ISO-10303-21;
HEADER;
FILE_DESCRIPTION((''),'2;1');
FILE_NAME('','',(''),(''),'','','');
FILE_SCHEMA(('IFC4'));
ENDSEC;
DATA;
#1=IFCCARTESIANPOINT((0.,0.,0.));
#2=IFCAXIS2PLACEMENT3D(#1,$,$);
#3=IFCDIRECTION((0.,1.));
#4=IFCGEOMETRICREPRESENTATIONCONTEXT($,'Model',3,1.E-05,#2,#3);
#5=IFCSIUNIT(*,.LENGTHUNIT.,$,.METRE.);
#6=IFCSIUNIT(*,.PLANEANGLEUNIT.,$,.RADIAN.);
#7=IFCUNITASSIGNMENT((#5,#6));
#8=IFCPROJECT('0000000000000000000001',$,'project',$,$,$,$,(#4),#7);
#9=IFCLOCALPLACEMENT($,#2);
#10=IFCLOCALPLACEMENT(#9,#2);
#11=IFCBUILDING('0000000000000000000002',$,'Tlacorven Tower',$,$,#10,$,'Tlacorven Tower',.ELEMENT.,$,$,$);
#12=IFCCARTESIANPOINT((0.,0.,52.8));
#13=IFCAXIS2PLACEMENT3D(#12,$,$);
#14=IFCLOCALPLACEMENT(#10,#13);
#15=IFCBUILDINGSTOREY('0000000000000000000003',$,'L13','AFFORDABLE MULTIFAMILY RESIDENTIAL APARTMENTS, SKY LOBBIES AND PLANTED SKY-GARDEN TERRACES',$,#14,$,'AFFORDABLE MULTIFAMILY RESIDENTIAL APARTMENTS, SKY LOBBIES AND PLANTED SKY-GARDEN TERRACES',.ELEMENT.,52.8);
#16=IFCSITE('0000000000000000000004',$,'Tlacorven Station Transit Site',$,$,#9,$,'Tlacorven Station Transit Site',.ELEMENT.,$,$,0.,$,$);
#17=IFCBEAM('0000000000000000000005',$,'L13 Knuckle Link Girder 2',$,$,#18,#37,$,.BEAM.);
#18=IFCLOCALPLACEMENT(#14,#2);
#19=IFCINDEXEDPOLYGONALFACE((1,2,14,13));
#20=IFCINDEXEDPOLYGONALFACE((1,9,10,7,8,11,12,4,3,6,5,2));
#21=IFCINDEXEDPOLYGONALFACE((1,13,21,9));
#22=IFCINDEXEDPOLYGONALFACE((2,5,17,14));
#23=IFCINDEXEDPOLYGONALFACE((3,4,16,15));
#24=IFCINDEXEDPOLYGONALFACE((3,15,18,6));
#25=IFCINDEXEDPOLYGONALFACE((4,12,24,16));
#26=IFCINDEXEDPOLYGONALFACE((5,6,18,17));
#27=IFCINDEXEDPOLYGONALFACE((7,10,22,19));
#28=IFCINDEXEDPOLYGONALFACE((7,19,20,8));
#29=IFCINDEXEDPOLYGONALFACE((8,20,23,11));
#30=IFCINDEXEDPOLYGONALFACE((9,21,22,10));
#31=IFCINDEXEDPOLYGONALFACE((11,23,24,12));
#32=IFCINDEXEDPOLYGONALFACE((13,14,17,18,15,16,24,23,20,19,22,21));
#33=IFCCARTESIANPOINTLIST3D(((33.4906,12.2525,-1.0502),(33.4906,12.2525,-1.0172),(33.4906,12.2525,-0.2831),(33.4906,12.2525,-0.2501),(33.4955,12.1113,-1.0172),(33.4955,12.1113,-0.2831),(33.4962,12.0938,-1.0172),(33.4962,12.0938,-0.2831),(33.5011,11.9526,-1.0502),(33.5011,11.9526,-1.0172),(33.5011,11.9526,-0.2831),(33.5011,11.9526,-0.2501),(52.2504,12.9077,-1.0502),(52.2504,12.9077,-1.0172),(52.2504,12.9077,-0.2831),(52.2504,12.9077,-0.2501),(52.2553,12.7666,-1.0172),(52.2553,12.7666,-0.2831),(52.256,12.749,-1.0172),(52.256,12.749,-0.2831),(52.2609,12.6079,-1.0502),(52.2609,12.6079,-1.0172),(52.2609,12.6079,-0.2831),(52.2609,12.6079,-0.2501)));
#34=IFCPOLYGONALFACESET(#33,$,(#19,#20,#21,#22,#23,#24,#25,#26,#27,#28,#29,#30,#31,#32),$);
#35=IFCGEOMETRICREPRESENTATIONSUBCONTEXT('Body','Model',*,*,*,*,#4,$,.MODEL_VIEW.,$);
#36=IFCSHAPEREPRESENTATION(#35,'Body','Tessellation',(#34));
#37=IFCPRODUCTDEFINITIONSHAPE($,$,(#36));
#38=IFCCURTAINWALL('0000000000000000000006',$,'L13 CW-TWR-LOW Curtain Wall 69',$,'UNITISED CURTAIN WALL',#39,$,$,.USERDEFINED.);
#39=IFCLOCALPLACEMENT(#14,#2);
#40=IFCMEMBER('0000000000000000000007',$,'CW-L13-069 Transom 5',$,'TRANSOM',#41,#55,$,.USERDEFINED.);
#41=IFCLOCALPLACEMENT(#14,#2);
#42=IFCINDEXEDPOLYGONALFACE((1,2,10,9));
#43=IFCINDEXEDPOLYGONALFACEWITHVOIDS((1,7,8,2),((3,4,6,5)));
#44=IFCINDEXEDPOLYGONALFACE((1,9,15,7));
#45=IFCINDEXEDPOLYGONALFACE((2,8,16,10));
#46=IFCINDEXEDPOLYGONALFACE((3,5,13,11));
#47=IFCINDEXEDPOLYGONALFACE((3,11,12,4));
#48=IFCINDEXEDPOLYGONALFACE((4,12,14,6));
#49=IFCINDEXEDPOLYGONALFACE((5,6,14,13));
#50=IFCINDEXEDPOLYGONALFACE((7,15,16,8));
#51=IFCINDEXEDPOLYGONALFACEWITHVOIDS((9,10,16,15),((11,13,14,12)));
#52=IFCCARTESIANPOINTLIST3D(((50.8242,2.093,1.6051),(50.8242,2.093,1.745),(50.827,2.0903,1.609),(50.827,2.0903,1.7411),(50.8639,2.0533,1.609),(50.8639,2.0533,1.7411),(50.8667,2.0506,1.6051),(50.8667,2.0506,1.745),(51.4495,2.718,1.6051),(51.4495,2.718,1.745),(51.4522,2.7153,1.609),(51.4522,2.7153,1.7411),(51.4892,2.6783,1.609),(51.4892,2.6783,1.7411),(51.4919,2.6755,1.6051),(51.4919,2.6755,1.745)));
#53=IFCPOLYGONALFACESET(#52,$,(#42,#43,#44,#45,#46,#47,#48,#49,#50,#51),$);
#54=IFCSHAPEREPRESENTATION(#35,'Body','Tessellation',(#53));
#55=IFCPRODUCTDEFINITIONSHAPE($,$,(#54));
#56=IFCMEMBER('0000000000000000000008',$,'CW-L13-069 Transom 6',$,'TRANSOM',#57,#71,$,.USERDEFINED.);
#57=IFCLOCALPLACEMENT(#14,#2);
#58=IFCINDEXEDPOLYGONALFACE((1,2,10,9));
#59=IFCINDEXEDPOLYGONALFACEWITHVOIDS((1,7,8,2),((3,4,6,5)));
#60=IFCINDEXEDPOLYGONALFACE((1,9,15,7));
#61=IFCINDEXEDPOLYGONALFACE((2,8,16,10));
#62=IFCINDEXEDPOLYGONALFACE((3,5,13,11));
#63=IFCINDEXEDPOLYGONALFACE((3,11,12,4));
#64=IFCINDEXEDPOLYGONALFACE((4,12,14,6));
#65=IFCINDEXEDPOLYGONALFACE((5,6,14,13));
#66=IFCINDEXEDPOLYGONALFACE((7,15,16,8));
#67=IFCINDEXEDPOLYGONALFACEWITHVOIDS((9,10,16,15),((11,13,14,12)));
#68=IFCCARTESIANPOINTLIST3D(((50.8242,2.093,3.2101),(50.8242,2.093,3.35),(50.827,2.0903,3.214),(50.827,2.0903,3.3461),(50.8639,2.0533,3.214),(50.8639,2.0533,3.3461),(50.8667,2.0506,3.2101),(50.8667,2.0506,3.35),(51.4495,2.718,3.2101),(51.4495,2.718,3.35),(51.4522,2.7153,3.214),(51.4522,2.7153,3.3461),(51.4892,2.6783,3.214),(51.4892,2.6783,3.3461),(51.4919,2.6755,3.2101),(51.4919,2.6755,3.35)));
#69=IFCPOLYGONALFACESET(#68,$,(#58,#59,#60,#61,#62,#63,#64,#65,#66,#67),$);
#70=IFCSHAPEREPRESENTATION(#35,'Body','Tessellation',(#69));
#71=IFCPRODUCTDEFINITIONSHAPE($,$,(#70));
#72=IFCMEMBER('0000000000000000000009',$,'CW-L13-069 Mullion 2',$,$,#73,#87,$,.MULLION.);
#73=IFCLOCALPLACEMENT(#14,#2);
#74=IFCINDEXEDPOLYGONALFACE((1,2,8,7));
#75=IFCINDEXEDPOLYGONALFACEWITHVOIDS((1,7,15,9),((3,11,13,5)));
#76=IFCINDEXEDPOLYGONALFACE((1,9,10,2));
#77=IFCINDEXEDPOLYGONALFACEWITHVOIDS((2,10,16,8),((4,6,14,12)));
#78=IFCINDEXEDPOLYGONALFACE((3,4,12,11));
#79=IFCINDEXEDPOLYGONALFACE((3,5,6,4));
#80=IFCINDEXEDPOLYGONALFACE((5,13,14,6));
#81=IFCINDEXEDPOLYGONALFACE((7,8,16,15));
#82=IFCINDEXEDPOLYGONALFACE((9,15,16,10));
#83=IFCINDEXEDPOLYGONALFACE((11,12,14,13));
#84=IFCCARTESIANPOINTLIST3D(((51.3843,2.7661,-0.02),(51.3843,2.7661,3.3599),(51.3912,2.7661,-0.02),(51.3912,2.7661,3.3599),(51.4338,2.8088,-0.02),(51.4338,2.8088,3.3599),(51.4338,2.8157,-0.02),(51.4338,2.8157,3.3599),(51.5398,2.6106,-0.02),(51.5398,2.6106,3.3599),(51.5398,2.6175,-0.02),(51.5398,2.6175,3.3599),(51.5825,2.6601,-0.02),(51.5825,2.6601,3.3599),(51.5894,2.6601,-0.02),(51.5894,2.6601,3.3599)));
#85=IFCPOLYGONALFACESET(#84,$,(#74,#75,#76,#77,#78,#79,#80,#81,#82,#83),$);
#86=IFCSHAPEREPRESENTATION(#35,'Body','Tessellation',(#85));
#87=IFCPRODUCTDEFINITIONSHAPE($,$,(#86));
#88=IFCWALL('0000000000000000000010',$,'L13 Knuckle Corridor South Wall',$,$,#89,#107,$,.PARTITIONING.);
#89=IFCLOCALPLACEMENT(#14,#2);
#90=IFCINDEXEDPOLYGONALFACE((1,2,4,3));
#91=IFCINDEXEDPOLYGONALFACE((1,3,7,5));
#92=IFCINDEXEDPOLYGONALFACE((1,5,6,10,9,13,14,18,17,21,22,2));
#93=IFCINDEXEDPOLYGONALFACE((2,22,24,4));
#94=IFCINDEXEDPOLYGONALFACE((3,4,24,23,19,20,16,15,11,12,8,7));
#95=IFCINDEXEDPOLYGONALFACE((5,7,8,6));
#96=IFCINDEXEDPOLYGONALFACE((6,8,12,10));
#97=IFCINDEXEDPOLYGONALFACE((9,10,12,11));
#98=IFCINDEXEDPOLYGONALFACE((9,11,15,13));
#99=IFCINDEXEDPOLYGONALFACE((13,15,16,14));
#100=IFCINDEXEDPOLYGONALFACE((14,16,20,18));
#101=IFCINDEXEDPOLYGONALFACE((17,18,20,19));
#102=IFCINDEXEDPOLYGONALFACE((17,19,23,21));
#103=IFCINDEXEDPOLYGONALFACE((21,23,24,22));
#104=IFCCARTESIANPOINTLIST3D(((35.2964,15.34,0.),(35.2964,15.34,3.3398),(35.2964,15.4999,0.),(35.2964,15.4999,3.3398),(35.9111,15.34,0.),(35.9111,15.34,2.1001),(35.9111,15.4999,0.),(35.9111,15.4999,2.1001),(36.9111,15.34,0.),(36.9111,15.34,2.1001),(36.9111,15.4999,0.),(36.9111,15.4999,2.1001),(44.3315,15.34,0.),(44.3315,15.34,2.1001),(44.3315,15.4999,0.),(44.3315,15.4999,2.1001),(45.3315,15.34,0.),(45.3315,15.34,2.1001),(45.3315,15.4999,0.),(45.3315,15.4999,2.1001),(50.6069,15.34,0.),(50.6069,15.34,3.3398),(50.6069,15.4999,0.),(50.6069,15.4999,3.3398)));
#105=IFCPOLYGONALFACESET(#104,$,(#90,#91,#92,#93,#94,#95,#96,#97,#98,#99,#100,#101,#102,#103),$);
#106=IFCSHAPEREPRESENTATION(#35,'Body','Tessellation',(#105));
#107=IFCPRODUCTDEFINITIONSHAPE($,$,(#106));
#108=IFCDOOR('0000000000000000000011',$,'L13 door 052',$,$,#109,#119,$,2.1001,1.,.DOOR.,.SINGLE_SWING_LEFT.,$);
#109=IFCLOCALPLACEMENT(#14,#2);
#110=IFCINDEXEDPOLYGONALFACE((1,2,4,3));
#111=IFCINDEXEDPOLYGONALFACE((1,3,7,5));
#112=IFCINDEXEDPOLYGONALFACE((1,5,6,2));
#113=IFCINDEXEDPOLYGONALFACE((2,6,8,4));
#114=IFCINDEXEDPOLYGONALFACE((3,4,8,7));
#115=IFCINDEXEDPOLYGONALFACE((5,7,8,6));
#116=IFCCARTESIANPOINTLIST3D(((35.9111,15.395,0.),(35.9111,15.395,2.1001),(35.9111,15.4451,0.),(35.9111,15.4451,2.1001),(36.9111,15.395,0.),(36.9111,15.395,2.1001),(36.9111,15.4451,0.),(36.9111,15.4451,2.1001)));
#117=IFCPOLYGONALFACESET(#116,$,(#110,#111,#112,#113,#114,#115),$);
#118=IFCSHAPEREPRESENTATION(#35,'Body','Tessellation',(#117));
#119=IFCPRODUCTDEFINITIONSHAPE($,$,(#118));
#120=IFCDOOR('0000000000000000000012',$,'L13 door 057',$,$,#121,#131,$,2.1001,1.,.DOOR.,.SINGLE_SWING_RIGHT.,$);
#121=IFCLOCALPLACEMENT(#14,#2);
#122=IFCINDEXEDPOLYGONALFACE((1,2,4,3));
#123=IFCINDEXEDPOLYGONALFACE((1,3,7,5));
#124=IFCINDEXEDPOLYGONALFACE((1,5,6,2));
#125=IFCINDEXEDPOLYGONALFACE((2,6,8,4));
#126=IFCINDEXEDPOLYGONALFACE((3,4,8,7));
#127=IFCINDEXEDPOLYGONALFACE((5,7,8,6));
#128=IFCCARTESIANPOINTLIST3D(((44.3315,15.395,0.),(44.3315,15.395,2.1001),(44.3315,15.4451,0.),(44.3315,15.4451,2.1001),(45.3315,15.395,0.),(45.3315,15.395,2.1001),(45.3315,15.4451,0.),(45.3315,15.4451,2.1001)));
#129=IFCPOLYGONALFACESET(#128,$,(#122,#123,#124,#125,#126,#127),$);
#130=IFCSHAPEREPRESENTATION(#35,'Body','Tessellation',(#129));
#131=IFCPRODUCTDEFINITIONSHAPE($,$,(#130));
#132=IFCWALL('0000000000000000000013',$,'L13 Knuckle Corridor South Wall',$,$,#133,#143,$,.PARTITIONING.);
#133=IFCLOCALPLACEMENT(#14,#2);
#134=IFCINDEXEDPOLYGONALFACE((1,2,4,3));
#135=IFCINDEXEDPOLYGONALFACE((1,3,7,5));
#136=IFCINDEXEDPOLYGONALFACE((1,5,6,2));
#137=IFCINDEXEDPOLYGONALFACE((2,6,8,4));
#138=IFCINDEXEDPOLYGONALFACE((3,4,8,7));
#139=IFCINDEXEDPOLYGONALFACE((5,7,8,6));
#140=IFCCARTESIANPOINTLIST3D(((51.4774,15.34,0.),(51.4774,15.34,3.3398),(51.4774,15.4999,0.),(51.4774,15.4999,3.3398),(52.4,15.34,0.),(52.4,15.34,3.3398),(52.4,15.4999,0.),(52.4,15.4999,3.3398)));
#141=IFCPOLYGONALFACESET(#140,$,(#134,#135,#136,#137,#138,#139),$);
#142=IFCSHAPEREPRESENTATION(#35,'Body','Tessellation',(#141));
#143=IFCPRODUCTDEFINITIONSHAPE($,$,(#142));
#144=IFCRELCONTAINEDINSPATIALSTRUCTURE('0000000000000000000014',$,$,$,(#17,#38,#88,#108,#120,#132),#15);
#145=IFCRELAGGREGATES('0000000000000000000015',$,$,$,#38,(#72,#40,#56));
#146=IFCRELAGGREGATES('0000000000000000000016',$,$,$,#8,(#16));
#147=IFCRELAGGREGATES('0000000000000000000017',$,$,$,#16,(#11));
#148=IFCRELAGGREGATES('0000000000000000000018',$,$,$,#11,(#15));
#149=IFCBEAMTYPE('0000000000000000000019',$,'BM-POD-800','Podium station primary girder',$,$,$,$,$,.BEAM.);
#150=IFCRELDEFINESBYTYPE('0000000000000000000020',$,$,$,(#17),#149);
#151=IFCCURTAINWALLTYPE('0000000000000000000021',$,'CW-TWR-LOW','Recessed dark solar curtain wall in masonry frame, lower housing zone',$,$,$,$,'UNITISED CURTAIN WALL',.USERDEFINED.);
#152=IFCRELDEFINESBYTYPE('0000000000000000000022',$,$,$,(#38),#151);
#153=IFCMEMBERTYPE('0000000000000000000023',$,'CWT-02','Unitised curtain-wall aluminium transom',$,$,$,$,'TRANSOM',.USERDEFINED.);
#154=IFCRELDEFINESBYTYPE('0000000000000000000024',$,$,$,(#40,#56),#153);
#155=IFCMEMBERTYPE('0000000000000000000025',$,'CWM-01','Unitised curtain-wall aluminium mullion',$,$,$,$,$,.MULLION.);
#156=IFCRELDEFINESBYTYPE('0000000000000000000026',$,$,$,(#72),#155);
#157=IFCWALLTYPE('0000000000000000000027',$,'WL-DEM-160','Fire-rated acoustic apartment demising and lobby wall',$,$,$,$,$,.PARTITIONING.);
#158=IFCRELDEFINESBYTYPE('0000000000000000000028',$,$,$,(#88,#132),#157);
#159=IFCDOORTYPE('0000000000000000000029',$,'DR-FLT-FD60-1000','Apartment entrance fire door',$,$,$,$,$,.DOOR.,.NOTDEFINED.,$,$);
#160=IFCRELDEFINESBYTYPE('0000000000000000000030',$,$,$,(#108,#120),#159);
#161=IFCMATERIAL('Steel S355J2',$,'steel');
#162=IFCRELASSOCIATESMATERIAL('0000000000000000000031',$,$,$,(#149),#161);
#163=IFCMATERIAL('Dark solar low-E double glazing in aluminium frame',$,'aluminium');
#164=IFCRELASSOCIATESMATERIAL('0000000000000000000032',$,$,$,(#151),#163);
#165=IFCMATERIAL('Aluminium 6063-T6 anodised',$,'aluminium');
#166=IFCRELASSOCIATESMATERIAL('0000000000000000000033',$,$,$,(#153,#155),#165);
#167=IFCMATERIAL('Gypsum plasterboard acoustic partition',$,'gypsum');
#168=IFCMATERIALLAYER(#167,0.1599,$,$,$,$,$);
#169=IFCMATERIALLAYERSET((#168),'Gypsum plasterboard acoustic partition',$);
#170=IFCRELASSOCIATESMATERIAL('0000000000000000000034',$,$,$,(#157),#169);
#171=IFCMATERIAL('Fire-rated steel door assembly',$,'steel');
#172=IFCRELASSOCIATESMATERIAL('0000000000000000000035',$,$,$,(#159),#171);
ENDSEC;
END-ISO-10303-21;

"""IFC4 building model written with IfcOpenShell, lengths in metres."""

from ifc_helpers import new_model, si_unit, direction, frame, frame_2d, origin, origin_2d, place, context, subcontext, project, spatial, rectangle, hollow_rectangle, i_section, extrude, source, transform, mapped, material, layer, layer_set, material_profile, profile_set, type_object, element, fill, aggregate, save


model = new_model("IFC4")

# Units and contexts
model_context = context("Model", 3, precision=1e-05, world=origin(), true_north=direction((0.0, 1.0)))
body_context = subcontext(model_context, "Body", "Model", "MODEL_VIEW")
ifc_project = project(units=[si_unit("LENGTHUNIT", "METRE"), si_unit("PLANEANGLEUNIT", "RADIAN")], contexts=[model_context])

# Site, building, storey
site_placement = place(None, origin())
site = spatial("IfcSite", under=ifc_project, at=site_placement, Name="Tlacorven Station Transit Site", LongName="Tlacorven Station Transit Site", CompositionType="ELEMENT", RefElevation=0.0)
building_placement = place(site_placement, origin())
building = spatial("IfcBuilding", under=site, at=building_placement, Name="Tlacorven Tower", LongName="Tlacorven Tower", CompositionType="ELEMENT")
storey_placement = place(building_placement, frame((0.0, 0.0, 52.8)))
storey = spatial("IfcBuildingStorey", under=building, at=storey_placement, Name="L13", Description="AFFORDABLE MULTIFAMILY RESIDENTIAL APARTMENTS, SKY LOBBIES AND PLANTED SKY-GARDEN TERRACES", LongName="AFFORDABLE MULTIFAMILY RESIDENTIAL APARTMENTS, SKY LOBBIES AND PLANTED SKY-GARDEN TERRACES", CompositionType="ELEMENT", Elevation=52.8)

# Beam
ifc_material_1 = material(Name="Steel S355J2", Category="steel")
ifc_material_profile_1 = material_profile(ifc_material_1, i_section(OverallWidth=0.3, OverallDepth=0.8, WebThickness=0.0176, FlangeThickness=0.033, at=origin_2d()), Name="HEB 800")
ifc_profile_set_1 = profile_set([ifc_material_profile_1], Name="Steel S355J2")
beam_type = type_object("IfcBeamType", Name="BM-POD-800", Description="Podium station primary girder", PredefinedType="BEAM", material=ifc_profile_set_1)
shared_shape_1 = source(origin(), body_context, "Body", "SweptSolid", [
    extrude(i_section(OverallWidth=0.3, OverallDepth=0.8, WebThickness=0.0176, FlangeThickness=0.033, at=origin_2d()), origin(), (0.0, 0.0, 1.0), 18.7712),
])
beam_placement = place(storey_placement, frame((33.4958, 12.1025, -0.6501), z_axis=(0.999391, 0.034908, 0.0), x_axis=(-0.034908, 0.999391, 0.0)))
element("IfcBeam", 1, at=beam_placement, inside=storey, type_object=beam_type, Name="L13 Knuckle Link Girder 2", PredefinedType="BEAM", context=body_context, shape_type="MappedRepresentation", body=[
    mapped(shared_shape_1, transform((0.0, 0.0, 0.0), scale=1.0)),
])

# Curtain wall, members
ifc_material_2 = material(Name="Dark solar low-E double glazing in aluminium frame", Category="aluminium")
curtain_wall_type = type_object("IfcCurtainWallType", Name="CW-TWR-LOW", Description="Recessed dark solar curtain wall in masonry frame, lower housing zone", ElementType="UNITISED CURTAIN WALL", PredefinedType="USERDEFINED", material=ifc_material_2)
curtain_wall_placement = place(storey_placement, origin())
curtain_wall = element("IfcCurtainWall", 2, at=curtain_wall_placement, inside=storey, type_object=curtain_wall_type, Name="L13 CW-TWR-LOW Curtain Wall 69", ObjectType="UNITISED CURTAIN WALL", PredefinedType="USERDEFINED")
ifc_material_3 = material(Name="Aluminium 6063-T6 anodised", Category="aluminium")
ifc_material_profile_2 = material_profile(ifc_material_3, hollow_rectangle(XDim=0.0601, YDim=0.1399, WallThickness=0.0039, at=origin_2d()), Name="ALU TRANSOM 60X140")
ifc_profile_set_2 = profile_set([ifc_material_profile_2], Name="Aluminium 6063-T6 anodised")
member_type_1 = type_object("IfcMemberType", Name="CWT-02", Description="Unitised curtain-wall aluminium transom", ElementType="TRANSOM", PredefinedType="USERDEFINED", material=ifc_profile_set_2)
shared_shape_2 = source(origin(), body_context, "Body", "SweptSolid", [
    extrude(hollow_rectangle(XDim=0.0601, YDim=0.1399, WallThickness=0.0039, at=origin_2d()), origin(), (0.0, 0.0, 1.0), 0.884),
])
member_1_placement = place(storey_placement, frame((51.4707, 2.6968, 1.675), z_axis=(-0.707245, -0.706969, 0.0), x_axis=(0.706969, -0.707245, 0.0)))
member_1 = element("IfcMember", 3, at=member_1_placement, type_object=member_type_1, Name="CW-L13-069 Transom 5", ObjectType="TRANSOM", PredefinedType="USERDEFINED", context=body_context, shape_type="MappedRepresentation", body=[
    mapped(shared_shape_2, transform((0.0, 0.0, 0.0), scale=1.0)),
])
member_2_placement = place(storey_placement, frame((51.4707, 2.6968, 3.28), z_axis=(-0.707245, -0.706969, 0.0), x_axis=(0.706969, -0.707245, 0.0)))
member_2 = element("IfcMember", 4, at=member_2_placement, type_object=member_type_1, Name="CW-L13-069 Transom 6", ObjectType="TRANSOM", PredefinedType="USERDEFINED", context=body_context, shape_type="MappedRepresentation", body=[
    mapped(shared_shape_2, transform((0.0, 0.0, 0.0), scale=1.0)),
])
ifc_material_profile_3 = material_profile(ifc_material_3, hollow_rectangle(XDim=0.0701, YDim=0.22, WallThickness=0.0049, at=origin_2d()), Name="ALU MULLION 70X220")
ifc_profile_set_3 = profile_set([ifc_material_profile_3], Name="Aluminium 6063-T6 anodised")
member_type_2 = type_object("IfcMemberType", Name="CWM-01", Description="Unitised curtain-wall aluminium mullion", PredefinedType="MULLION", material=ifc_profile_set_3)
shared_shape_3 = source(origin(), body_context, "Body", "SweptSolid", [
    extrude(hollow_rectangle(XDim=0.0701, YDim=0.22, WallThickness=0.0049, at=origin_2d()), origin(), (0.0, 0.0, 1.0), 3.3799),
])
member_3_placement = place(storey_placement, frame((51.4868, 2.7131, -0.02), z_axis=(0.0, 0.0, 1.0), x_axis=(-0.707107, -0.707107, 0.0)))
member_3 = element("IfcMember", 5, at=member_3_placement, type_object=member_type_2, Name="CW-L13-069 Mullion 2", PredefinedType="MULLION", context=body_context, shape_type="MappedRepresentation", body=[
    mapped(shared_shape_3, transform((0.0, 0.0, 0.0), scale=1.0)),
])
aggregate(curtain_wall, [member_3, member_1, member_2])

# Wall, openings, doors
ifc_material_4 = material(Name="Gypsum plasterboard acoustic partition", Category="gypsum")
ifc_layer_1 = layer(ifc_material_4, 0.1599)
ifc_layer_set_1 = layer_set([ifc_layer_1], Name="Gypsum plasterboard acoustic partition")
wall_type_1 = type_object("IfcWallType", Name="WL-DEM-160", Description="Fire-rated acoustic apartment demising and lobby wall", PredefinedType="PARTITIONING", material=ifc_layer_set_1)
wall_1_placement = place(storey_placement, frame((35.2964, 15.4199, 0.0), z_axis=(0.0, 0.0, 1.0), x_axis=(1.0, 0.0, 0.0)))
wall_1 = element("IfcWall", 6, at=wall_1_placement, inside=storey, type_object=wall_type_1, Name="L13 Knuckle Corridor South Wall", PredefinedType="PARTITIONING", context=body_context, shape_type="SweptSolid", body=[
    extrude(rectangle(XDim=15.3105, YDim=0.1599, at=frame_2d((7.6553, 0.0))), origin(), (0.0, 0.0, 1.0), 3.3398),
])
opening_1_placement = place(wall_1_placement, frame((0.6147, 0.0, 0.0)))
opening_1 = element("IfcOpeningElement", 7, at=opening_1_placement, cuts=wall_1, PredefinedType="OPENING", context=body_context, shape_type="SweptSolid", body=[
    extrude(rectangle(XDim=1.0, YDim=2.1001, at=frame_2d((0.5, 1.05))), frame((0.0, 0.0898, 0.0), z_axis=(0.0, -1.0, 0.0), x_axis=(1.0, 0.0, 0.0)), (0.0, 0.0, 1.0), 0.1799),
])
opening_2_placement = place(wall_1_placement, frame((9.0352, 0.0, 0.0)))
opening_2 = element("IfcOpeningElement", 8, at=opening_2_placement, cuts=wall_1, PredefinedType="OPENING", context=body_context, shape_type="SweptSolid", body=[
    extrude(rectangle(XDim=1.0, YDim=2.1001, at=frame_2d((0.5, 1.05))), frame((0.0, 0.0898, 0.0), z_axis=(0.0, -1.0, 0.0), x_axis=(1.0, 0.0, 0.0)), (0.0, 0.0, 1.0), 0.1799),
])
ifc_material_5 = material(Name="Fire-rated steel door assembly", Category="steel")
door_type_1 = type_object("IfcDoorType", Name="DR-FLT-FD60-1000", Description="Apartment entrance fire door", OperationType="NOTDEFINED", PredefinedType="DOOR", material=ifc_material_5)
shared_shape_4 = source(origin(), body_context, "Body", "SweptSolid", [
    extrude(rectangle(XDim=1.0, YDim=2.1001, at=frame_2d((0.5, 1.05))), frame((0.0, 0.0249, 0.0), z_axis=(0.0, -1.0, 0.0), x_axis=(1.0, 0.0, 0.0)), (0.0, 0.0, 1.0), 0.05),
])
door_1_placement = place(opening_1_placement, frame((1.0, 0.0, 0.0), z_axis=(0.0, 0.0, 1.0), x_axis=(-1.0, 0.0, 0.0)))
door_1 = element("IfcDoor", 9, at=door_1_placement, inside=storey, type_object=door_type_1, Name="L13 door 052", OperationType="SINGLE_SWING_LEFT", OverallHeight=2.1001, OverallWidth=1.0, PredefinedType="DOOR", context=body_context, shape_type="MappedRepresentation", body=[
    mapped(shared_shape_4, transform((0.0, 0.0, 0.0), scale=1.0)),
])
fill(opening_1, door_1)
door_2_placement = place(opening_2_placement, frame((1.0, 0.0, 0.0), z_axis=(0.0, 0.0, 1.0), x_axis=(-1.0, 0.0, 0.0)))
door_2 = element("IfcDoor", 10, at=door_2_placement, inside=storey, type_object=door_type_1, Name="L13 door 057", OperationType="SINGLE_SWING_RIGHT", OverallHeight=2.1001, OverallWidth=1.0, PredefinedType="DOOR", context=body_context, shape_type="MappedRepresentation", body=[
    mapped(shared_shape_4, transform((0.0, 0.0, 0.0), scale=1.0)),
])
fill(opening_2, door_2)

# Wall
wall_2_placement = place(storey_placement, frame((51.4773, 15.4199, 0.0), z_axis=(0.0, 0.0, 1.0), x_axis=(1.0, 0.0, 0.0)))
element("IfcWall", 11, at=wall_2_placement, inside=storey, type_object=wall_type_1, Name="L13 Knuckle Corridor South Wall", PredefinedType="PARTITIONING", context=body_context, shape_type="SweptSolid", body=[
    extrude(rectangle(XDim=0.9226, YDim=0.1599, at=frame_2d((0.4614, 0.0))), origin(), (0.0, 0.0, 1.0), 3.3398),
])

save(model, "model.ifc")
